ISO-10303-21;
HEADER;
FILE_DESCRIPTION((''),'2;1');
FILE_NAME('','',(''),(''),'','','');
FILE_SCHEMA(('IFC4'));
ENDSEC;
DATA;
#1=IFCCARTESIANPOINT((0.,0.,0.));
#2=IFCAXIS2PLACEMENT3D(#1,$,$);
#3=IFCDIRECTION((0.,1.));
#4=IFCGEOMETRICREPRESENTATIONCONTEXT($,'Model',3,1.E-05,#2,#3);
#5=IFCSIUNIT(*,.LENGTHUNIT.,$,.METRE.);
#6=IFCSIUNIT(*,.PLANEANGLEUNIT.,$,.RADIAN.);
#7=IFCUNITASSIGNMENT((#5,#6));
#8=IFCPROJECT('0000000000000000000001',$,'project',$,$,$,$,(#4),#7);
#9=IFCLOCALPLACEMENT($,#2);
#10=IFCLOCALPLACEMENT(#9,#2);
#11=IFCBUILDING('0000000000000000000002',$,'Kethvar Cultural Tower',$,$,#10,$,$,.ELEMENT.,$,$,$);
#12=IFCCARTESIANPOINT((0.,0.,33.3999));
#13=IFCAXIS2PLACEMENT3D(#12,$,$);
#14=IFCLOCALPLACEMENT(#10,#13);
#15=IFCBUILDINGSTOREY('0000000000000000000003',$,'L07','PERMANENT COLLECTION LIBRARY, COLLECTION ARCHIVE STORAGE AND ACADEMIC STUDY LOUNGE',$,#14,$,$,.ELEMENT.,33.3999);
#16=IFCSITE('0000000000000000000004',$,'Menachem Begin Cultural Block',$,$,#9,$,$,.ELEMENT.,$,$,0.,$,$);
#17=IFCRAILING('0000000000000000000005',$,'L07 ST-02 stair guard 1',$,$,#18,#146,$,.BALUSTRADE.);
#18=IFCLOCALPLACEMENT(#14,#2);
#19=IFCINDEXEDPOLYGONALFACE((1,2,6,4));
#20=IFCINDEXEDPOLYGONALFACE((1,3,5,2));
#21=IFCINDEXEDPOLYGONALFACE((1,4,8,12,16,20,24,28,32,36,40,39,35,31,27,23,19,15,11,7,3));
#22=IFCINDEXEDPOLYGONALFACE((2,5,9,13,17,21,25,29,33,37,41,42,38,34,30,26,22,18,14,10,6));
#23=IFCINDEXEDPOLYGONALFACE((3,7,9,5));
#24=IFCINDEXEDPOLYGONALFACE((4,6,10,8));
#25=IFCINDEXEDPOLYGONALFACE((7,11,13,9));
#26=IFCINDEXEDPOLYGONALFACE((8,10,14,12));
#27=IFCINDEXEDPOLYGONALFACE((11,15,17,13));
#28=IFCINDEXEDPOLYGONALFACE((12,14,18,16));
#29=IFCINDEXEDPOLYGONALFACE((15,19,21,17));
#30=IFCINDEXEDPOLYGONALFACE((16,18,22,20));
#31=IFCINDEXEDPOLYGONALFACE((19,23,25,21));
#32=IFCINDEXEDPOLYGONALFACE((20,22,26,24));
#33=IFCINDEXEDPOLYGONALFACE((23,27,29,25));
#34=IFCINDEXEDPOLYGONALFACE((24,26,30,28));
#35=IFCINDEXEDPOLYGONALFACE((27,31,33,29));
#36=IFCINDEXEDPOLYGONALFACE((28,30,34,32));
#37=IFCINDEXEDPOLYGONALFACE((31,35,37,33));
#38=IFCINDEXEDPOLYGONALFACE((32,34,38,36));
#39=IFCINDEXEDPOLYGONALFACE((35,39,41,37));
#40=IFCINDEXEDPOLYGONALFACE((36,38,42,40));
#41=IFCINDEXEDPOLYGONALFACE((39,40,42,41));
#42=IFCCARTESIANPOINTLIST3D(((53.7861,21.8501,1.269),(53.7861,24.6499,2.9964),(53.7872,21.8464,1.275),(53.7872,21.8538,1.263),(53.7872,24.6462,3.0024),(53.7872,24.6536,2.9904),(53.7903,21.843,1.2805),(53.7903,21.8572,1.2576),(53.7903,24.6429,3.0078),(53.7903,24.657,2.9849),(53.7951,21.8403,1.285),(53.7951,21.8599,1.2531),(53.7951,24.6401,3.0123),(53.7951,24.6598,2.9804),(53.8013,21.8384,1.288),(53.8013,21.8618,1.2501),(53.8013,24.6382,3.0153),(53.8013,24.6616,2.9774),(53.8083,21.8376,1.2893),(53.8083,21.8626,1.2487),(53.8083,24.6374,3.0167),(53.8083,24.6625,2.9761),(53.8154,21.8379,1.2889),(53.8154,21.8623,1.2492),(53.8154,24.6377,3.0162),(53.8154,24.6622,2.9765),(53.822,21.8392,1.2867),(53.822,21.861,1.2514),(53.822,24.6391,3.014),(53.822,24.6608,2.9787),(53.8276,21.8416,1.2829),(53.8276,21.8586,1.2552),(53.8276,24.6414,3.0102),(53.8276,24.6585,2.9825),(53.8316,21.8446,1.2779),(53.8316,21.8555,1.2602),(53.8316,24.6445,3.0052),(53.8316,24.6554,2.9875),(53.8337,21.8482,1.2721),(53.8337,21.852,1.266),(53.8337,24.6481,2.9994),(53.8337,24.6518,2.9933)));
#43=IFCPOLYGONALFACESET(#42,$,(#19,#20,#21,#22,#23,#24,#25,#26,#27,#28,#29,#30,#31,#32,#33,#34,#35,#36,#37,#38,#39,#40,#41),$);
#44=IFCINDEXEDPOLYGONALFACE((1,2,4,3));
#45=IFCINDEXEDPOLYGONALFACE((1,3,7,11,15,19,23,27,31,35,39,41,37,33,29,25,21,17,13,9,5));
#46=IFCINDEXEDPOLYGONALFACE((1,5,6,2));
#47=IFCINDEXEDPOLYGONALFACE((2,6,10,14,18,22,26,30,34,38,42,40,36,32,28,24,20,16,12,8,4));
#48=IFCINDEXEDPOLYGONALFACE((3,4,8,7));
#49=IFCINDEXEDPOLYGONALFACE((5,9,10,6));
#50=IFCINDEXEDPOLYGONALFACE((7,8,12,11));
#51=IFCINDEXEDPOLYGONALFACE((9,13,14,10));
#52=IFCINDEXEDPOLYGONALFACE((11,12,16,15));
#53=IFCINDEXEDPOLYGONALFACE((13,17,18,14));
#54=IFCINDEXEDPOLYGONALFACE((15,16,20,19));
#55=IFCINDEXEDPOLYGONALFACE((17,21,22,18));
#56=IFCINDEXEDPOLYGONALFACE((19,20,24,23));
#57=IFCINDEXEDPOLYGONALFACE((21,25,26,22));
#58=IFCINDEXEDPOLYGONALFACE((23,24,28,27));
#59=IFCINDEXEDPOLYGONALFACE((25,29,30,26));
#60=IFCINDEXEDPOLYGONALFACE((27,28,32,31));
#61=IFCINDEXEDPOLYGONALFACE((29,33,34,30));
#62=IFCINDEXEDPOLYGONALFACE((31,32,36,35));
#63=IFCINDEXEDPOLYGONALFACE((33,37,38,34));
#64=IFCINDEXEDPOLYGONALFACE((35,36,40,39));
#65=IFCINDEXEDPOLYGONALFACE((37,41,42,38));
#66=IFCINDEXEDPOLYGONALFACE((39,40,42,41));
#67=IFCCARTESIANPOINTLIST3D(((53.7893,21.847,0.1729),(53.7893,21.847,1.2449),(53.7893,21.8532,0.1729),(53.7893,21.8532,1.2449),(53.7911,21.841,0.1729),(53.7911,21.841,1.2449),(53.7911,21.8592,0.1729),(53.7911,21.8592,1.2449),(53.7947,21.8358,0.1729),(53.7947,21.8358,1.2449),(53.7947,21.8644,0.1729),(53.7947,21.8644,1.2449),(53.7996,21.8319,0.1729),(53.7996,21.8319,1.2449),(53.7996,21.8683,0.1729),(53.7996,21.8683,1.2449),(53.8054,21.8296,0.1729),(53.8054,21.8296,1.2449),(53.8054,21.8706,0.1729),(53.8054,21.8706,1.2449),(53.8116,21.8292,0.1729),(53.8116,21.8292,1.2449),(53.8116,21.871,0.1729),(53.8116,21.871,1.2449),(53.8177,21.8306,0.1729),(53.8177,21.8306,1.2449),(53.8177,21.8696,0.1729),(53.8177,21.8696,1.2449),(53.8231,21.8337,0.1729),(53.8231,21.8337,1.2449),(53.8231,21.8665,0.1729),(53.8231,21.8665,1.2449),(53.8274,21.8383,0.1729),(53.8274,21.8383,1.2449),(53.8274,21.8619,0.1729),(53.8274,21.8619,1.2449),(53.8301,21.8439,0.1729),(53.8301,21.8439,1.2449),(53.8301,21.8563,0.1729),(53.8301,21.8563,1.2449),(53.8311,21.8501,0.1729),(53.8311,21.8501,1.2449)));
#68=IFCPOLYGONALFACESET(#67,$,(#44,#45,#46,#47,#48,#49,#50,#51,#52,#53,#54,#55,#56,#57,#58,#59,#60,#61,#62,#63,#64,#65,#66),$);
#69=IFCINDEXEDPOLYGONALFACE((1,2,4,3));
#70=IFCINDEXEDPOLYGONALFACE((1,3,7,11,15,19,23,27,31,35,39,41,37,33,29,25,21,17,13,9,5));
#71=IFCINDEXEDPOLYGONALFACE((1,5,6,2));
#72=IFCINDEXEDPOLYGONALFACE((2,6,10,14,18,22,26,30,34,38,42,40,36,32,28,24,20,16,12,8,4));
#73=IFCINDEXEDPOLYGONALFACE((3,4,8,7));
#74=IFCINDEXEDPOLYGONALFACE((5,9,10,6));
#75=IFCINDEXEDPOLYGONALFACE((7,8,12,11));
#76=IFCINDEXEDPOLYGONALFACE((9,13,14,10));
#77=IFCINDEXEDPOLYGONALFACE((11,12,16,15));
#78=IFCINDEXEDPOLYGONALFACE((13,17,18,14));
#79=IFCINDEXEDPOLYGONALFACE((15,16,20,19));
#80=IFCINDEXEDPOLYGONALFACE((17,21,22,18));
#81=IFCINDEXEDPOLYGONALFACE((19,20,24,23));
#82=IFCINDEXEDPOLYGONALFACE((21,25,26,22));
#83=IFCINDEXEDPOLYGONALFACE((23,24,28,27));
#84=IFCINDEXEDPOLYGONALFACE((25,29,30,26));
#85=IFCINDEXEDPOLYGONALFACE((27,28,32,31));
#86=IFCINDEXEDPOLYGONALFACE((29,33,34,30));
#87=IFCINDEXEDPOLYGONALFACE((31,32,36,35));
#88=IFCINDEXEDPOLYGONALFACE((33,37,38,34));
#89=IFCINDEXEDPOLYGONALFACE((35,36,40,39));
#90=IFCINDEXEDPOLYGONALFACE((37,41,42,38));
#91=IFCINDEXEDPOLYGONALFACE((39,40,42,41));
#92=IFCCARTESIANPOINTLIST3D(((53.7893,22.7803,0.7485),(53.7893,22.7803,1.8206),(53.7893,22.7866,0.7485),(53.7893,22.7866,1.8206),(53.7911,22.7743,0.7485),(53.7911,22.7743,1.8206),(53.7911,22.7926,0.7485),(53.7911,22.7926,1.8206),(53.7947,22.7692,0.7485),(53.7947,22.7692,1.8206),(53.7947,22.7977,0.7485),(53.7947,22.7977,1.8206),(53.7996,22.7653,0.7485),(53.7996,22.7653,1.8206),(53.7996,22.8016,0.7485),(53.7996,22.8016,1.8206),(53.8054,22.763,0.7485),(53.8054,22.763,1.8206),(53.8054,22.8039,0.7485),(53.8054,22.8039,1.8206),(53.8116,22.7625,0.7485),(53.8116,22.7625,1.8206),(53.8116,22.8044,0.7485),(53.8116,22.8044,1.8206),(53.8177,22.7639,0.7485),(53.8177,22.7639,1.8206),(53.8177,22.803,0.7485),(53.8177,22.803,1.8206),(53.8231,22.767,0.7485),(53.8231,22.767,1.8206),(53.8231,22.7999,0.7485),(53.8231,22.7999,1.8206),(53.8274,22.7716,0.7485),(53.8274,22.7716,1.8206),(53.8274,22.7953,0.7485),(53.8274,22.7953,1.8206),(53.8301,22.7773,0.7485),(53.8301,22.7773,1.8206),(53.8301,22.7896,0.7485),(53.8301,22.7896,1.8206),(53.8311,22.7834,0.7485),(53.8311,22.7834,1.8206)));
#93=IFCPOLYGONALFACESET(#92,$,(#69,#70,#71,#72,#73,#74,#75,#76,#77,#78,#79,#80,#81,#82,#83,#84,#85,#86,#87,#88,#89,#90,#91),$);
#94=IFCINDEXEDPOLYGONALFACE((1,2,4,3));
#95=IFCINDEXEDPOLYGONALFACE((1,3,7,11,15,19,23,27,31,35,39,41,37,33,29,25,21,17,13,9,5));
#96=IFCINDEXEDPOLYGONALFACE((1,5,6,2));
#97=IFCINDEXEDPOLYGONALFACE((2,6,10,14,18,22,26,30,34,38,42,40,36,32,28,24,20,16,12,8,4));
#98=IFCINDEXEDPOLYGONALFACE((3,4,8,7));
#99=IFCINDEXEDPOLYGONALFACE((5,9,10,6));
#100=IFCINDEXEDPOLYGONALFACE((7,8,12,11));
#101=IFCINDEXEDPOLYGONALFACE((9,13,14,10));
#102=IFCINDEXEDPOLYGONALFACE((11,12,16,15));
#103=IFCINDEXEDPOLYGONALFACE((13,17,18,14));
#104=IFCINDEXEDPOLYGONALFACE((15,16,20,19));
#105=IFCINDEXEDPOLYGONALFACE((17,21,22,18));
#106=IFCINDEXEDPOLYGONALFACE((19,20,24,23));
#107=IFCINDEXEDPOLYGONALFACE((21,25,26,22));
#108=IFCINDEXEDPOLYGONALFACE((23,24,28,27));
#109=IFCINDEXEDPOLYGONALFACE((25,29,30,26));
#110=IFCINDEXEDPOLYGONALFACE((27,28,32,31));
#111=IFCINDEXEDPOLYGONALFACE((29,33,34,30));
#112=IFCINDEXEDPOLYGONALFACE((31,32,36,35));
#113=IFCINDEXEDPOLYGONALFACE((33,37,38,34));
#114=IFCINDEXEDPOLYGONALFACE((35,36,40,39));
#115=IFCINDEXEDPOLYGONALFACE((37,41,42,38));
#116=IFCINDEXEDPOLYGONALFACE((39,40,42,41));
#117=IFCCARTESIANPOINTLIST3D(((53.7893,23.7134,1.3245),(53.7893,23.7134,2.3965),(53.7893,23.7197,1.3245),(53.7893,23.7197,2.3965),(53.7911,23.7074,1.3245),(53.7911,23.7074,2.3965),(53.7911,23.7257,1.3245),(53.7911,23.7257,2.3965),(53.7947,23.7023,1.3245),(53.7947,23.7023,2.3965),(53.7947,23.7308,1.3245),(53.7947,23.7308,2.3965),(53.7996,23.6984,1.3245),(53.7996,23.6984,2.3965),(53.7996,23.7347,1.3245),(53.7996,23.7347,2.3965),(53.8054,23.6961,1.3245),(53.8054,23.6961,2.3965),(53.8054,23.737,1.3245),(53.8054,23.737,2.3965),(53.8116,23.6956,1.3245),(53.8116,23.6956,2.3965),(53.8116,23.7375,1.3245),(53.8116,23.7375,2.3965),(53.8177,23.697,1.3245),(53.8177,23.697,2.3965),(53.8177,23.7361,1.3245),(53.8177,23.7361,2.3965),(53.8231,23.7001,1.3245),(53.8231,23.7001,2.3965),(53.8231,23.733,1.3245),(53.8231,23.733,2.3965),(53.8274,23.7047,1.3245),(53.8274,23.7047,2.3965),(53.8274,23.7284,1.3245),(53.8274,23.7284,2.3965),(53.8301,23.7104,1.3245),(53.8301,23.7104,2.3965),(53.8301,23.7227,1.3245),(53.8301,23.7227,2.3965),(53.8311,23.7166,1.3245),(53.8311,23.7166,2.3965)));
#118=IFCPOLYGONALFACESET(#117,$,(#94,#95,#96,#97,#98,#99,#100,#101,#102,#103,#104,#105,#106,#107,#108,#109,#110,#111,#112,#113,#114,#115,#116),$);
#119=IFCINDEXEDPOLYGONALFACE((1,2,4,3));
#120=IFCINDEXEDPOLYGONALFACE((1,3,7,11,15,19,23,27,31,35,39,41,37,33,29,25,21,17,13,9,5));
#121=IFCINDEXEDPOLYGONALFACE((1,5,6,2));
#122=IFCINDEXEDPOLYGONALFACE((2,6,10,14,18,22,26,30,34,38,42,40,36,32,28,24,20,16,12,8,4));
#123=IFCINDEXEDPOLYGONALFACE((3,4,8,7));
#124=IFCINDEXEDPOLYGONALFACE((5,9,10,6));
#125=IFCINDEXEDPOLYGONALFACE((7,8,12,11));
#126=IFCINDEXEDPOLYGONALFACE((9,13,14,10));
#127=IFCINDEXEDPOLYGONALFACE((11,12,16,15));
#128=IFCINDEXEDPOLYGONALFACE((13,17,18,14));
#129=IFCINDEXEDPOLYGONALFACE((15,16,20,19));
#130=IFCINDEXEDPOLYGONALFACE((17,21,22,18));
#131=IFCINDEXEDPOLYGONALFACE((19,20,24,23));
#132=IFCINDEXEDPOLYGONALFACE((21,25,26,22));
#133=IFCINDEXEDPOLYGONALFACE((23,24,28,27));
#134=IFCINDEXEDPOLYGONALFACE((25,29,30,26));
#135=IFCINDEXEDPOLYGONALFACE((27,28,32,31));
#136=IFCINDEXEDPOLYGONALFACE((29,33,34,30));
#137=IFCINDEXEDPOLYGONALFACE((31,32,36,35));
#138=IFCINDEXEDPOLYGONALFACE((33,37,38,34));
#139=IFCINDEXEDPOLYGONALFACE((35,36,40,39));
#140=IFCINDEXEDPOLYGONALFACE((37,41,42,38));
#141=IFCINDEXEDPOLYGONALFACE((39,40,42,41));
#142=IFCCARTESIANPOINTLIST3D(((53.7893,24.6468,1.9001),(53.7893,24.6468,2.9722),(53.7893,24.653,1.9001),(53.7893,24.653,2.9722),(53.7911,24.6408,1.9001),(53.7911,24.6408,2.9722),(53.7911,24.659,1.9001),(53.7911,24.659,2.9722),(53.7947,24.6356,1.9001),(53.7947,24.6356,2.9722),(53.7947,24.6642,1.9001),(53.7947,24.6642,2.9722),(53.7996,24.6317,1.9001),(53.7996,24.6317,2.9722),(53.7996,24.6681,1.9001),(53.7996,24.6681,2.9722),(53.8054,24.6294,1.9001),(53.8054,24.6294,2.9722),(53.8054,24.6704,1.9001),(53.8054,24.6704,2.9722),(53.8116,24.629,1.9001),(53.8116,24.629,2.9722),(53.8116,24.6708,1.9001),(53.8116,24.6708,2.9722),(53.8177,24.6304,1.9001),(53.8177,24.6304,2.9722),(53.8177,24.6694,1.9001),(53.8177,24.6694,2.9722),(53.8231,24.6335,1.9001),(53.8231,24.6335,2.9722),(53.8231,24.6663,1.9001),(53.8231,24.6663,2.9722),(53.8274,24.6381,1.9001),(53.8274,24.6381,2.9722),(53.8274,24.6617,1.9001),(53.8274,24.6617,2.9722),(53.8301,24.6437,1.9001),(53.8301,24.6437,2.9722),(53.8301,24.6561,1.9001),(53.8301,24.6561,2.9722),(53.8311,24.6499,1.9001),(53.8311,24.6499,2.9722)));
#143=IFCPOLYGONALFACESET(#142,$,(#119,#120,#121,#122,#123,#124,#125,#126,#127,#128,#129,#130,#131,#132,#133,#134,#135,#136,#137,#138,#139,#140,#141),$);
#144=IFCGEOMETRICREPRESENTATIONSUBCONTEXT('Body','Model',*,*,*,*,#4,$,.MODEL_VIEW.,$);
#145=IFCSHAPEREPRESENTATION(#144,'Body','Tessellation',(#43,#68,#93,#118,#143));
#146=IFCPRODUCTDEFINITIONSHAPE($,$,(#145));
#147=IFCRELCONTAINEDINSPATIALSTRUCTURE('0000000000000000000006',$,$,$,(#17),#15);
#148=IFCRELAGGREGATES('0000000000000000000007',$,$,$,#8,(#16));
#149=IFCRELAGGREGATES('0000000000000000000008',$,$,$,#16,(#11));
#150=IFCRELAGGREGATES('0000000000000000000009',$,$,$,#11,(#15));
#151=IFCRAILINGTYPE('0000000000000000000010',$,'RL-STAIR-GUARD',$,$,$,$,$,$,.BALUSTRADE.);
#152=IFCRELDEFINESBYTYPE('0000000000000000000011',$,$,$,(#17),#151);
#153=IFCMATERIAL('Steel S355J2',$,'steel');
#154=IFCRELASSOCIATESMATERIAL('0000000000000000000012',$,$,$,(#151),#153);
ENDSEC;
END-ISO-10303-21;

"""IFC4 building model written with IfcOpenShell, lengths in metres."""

from ifc_helpers import new_model, si_unit, direction, frame, origin, origin_2d, place, context, subcontext, project, spatial, circle, extrude, material, type_object, element, save


model = new_model("IFC4")

# Units and contexts
model_context = context("Model", 3, precision=1e-05, world=origin(), true_north=direction((0.0, 1.0)))
body_context = subcontext(model_context, "Body", "Model", "MODEL_VIEW")
ifc_project = project(units=[si_unit("LENGTHUNIT", "METRE"), si_unit("PLANEANGLEUNIT", "RADIAN")], contexts=[model_context])

# Site, building, storey
site_placement = place(None, origin())
site = spatial("IfcSite", under=ifc_project, at=site_placement, Name="Menachem Begin Cultural Block", CompositionType="ELEMENT", RefElevation=0.0)
building_placement = place(site_placement, origin())
building = spatial("IfcBuilding", under=site, at=building_placement, Name="Kethvar Cultural Tower", CompositionType="ELEMENT")
storey_placement = place(building_placement, frame((0.0, 0.0, 33.3999)))
storey = spatial("IfcBuildingStorey", under=building, at=storey_placement, Name="L07", Description="PERMANENT COLLECTION LIBRARY, COLLECTION ARCHIVE STORAGE AND ACADEMIC STUDY LOUNGE", CompositionType="ELEMENT", Elevation=33.3999)

# Shared definitions
ifc_material_1 = material(Name="Steel S355J2", Category="steel")

# Railing
railing_type_1 = type_object("IfcRailingType", Name="RL-STAIR-GUARD", PredefinedType="BALUSTRADE", material=ifc_material_1)
railing_1_placement = place(storey_placement, frame((53.8101, 21.8501, 0.1729)))
element("IfcRailing", 1, at=railing_1_placement, inside=storey, type_object=railing_type_1, Name="L07 ST-02 stair guard 1", PredefinedType="BALUSTRADE", context=body_context, shape_type="SweptSolid", body=[
    extrude(circle(Radius=0.0239, at=origin_2d()), frame((0.0, 0.0, 1.0962), z_axis=(0.0, 0.851069, 0.525054), x_axis=(-1.0, 0.0, 0.0)), (0.0, 0.0, 1.0), 3.2898),
    extrude(circle(Radius=0.021, at=origin_2d()), origin(), (0.0, 0.0, 1.0), 1.072),
    extrude(circle(Radius=0.021, at=origin_2d()), frame((0.0, 0.9333, 0.5757)), (0.0, 0.0, 1.0), 1.072),
    extrude(circle(Radius=0.021, at=origin_2d()), frame((0.0, 1.8665, 1.1516)), (0.0, 0.0, 1.0), 1.072),
    extrude(circle(Radius=0.021, at=origin_2d()), frame((0.0, 2.7998, 1.7273)), (0.0, 0.0, 1.0), 1.072),
])

save(model, "model.ifc")
